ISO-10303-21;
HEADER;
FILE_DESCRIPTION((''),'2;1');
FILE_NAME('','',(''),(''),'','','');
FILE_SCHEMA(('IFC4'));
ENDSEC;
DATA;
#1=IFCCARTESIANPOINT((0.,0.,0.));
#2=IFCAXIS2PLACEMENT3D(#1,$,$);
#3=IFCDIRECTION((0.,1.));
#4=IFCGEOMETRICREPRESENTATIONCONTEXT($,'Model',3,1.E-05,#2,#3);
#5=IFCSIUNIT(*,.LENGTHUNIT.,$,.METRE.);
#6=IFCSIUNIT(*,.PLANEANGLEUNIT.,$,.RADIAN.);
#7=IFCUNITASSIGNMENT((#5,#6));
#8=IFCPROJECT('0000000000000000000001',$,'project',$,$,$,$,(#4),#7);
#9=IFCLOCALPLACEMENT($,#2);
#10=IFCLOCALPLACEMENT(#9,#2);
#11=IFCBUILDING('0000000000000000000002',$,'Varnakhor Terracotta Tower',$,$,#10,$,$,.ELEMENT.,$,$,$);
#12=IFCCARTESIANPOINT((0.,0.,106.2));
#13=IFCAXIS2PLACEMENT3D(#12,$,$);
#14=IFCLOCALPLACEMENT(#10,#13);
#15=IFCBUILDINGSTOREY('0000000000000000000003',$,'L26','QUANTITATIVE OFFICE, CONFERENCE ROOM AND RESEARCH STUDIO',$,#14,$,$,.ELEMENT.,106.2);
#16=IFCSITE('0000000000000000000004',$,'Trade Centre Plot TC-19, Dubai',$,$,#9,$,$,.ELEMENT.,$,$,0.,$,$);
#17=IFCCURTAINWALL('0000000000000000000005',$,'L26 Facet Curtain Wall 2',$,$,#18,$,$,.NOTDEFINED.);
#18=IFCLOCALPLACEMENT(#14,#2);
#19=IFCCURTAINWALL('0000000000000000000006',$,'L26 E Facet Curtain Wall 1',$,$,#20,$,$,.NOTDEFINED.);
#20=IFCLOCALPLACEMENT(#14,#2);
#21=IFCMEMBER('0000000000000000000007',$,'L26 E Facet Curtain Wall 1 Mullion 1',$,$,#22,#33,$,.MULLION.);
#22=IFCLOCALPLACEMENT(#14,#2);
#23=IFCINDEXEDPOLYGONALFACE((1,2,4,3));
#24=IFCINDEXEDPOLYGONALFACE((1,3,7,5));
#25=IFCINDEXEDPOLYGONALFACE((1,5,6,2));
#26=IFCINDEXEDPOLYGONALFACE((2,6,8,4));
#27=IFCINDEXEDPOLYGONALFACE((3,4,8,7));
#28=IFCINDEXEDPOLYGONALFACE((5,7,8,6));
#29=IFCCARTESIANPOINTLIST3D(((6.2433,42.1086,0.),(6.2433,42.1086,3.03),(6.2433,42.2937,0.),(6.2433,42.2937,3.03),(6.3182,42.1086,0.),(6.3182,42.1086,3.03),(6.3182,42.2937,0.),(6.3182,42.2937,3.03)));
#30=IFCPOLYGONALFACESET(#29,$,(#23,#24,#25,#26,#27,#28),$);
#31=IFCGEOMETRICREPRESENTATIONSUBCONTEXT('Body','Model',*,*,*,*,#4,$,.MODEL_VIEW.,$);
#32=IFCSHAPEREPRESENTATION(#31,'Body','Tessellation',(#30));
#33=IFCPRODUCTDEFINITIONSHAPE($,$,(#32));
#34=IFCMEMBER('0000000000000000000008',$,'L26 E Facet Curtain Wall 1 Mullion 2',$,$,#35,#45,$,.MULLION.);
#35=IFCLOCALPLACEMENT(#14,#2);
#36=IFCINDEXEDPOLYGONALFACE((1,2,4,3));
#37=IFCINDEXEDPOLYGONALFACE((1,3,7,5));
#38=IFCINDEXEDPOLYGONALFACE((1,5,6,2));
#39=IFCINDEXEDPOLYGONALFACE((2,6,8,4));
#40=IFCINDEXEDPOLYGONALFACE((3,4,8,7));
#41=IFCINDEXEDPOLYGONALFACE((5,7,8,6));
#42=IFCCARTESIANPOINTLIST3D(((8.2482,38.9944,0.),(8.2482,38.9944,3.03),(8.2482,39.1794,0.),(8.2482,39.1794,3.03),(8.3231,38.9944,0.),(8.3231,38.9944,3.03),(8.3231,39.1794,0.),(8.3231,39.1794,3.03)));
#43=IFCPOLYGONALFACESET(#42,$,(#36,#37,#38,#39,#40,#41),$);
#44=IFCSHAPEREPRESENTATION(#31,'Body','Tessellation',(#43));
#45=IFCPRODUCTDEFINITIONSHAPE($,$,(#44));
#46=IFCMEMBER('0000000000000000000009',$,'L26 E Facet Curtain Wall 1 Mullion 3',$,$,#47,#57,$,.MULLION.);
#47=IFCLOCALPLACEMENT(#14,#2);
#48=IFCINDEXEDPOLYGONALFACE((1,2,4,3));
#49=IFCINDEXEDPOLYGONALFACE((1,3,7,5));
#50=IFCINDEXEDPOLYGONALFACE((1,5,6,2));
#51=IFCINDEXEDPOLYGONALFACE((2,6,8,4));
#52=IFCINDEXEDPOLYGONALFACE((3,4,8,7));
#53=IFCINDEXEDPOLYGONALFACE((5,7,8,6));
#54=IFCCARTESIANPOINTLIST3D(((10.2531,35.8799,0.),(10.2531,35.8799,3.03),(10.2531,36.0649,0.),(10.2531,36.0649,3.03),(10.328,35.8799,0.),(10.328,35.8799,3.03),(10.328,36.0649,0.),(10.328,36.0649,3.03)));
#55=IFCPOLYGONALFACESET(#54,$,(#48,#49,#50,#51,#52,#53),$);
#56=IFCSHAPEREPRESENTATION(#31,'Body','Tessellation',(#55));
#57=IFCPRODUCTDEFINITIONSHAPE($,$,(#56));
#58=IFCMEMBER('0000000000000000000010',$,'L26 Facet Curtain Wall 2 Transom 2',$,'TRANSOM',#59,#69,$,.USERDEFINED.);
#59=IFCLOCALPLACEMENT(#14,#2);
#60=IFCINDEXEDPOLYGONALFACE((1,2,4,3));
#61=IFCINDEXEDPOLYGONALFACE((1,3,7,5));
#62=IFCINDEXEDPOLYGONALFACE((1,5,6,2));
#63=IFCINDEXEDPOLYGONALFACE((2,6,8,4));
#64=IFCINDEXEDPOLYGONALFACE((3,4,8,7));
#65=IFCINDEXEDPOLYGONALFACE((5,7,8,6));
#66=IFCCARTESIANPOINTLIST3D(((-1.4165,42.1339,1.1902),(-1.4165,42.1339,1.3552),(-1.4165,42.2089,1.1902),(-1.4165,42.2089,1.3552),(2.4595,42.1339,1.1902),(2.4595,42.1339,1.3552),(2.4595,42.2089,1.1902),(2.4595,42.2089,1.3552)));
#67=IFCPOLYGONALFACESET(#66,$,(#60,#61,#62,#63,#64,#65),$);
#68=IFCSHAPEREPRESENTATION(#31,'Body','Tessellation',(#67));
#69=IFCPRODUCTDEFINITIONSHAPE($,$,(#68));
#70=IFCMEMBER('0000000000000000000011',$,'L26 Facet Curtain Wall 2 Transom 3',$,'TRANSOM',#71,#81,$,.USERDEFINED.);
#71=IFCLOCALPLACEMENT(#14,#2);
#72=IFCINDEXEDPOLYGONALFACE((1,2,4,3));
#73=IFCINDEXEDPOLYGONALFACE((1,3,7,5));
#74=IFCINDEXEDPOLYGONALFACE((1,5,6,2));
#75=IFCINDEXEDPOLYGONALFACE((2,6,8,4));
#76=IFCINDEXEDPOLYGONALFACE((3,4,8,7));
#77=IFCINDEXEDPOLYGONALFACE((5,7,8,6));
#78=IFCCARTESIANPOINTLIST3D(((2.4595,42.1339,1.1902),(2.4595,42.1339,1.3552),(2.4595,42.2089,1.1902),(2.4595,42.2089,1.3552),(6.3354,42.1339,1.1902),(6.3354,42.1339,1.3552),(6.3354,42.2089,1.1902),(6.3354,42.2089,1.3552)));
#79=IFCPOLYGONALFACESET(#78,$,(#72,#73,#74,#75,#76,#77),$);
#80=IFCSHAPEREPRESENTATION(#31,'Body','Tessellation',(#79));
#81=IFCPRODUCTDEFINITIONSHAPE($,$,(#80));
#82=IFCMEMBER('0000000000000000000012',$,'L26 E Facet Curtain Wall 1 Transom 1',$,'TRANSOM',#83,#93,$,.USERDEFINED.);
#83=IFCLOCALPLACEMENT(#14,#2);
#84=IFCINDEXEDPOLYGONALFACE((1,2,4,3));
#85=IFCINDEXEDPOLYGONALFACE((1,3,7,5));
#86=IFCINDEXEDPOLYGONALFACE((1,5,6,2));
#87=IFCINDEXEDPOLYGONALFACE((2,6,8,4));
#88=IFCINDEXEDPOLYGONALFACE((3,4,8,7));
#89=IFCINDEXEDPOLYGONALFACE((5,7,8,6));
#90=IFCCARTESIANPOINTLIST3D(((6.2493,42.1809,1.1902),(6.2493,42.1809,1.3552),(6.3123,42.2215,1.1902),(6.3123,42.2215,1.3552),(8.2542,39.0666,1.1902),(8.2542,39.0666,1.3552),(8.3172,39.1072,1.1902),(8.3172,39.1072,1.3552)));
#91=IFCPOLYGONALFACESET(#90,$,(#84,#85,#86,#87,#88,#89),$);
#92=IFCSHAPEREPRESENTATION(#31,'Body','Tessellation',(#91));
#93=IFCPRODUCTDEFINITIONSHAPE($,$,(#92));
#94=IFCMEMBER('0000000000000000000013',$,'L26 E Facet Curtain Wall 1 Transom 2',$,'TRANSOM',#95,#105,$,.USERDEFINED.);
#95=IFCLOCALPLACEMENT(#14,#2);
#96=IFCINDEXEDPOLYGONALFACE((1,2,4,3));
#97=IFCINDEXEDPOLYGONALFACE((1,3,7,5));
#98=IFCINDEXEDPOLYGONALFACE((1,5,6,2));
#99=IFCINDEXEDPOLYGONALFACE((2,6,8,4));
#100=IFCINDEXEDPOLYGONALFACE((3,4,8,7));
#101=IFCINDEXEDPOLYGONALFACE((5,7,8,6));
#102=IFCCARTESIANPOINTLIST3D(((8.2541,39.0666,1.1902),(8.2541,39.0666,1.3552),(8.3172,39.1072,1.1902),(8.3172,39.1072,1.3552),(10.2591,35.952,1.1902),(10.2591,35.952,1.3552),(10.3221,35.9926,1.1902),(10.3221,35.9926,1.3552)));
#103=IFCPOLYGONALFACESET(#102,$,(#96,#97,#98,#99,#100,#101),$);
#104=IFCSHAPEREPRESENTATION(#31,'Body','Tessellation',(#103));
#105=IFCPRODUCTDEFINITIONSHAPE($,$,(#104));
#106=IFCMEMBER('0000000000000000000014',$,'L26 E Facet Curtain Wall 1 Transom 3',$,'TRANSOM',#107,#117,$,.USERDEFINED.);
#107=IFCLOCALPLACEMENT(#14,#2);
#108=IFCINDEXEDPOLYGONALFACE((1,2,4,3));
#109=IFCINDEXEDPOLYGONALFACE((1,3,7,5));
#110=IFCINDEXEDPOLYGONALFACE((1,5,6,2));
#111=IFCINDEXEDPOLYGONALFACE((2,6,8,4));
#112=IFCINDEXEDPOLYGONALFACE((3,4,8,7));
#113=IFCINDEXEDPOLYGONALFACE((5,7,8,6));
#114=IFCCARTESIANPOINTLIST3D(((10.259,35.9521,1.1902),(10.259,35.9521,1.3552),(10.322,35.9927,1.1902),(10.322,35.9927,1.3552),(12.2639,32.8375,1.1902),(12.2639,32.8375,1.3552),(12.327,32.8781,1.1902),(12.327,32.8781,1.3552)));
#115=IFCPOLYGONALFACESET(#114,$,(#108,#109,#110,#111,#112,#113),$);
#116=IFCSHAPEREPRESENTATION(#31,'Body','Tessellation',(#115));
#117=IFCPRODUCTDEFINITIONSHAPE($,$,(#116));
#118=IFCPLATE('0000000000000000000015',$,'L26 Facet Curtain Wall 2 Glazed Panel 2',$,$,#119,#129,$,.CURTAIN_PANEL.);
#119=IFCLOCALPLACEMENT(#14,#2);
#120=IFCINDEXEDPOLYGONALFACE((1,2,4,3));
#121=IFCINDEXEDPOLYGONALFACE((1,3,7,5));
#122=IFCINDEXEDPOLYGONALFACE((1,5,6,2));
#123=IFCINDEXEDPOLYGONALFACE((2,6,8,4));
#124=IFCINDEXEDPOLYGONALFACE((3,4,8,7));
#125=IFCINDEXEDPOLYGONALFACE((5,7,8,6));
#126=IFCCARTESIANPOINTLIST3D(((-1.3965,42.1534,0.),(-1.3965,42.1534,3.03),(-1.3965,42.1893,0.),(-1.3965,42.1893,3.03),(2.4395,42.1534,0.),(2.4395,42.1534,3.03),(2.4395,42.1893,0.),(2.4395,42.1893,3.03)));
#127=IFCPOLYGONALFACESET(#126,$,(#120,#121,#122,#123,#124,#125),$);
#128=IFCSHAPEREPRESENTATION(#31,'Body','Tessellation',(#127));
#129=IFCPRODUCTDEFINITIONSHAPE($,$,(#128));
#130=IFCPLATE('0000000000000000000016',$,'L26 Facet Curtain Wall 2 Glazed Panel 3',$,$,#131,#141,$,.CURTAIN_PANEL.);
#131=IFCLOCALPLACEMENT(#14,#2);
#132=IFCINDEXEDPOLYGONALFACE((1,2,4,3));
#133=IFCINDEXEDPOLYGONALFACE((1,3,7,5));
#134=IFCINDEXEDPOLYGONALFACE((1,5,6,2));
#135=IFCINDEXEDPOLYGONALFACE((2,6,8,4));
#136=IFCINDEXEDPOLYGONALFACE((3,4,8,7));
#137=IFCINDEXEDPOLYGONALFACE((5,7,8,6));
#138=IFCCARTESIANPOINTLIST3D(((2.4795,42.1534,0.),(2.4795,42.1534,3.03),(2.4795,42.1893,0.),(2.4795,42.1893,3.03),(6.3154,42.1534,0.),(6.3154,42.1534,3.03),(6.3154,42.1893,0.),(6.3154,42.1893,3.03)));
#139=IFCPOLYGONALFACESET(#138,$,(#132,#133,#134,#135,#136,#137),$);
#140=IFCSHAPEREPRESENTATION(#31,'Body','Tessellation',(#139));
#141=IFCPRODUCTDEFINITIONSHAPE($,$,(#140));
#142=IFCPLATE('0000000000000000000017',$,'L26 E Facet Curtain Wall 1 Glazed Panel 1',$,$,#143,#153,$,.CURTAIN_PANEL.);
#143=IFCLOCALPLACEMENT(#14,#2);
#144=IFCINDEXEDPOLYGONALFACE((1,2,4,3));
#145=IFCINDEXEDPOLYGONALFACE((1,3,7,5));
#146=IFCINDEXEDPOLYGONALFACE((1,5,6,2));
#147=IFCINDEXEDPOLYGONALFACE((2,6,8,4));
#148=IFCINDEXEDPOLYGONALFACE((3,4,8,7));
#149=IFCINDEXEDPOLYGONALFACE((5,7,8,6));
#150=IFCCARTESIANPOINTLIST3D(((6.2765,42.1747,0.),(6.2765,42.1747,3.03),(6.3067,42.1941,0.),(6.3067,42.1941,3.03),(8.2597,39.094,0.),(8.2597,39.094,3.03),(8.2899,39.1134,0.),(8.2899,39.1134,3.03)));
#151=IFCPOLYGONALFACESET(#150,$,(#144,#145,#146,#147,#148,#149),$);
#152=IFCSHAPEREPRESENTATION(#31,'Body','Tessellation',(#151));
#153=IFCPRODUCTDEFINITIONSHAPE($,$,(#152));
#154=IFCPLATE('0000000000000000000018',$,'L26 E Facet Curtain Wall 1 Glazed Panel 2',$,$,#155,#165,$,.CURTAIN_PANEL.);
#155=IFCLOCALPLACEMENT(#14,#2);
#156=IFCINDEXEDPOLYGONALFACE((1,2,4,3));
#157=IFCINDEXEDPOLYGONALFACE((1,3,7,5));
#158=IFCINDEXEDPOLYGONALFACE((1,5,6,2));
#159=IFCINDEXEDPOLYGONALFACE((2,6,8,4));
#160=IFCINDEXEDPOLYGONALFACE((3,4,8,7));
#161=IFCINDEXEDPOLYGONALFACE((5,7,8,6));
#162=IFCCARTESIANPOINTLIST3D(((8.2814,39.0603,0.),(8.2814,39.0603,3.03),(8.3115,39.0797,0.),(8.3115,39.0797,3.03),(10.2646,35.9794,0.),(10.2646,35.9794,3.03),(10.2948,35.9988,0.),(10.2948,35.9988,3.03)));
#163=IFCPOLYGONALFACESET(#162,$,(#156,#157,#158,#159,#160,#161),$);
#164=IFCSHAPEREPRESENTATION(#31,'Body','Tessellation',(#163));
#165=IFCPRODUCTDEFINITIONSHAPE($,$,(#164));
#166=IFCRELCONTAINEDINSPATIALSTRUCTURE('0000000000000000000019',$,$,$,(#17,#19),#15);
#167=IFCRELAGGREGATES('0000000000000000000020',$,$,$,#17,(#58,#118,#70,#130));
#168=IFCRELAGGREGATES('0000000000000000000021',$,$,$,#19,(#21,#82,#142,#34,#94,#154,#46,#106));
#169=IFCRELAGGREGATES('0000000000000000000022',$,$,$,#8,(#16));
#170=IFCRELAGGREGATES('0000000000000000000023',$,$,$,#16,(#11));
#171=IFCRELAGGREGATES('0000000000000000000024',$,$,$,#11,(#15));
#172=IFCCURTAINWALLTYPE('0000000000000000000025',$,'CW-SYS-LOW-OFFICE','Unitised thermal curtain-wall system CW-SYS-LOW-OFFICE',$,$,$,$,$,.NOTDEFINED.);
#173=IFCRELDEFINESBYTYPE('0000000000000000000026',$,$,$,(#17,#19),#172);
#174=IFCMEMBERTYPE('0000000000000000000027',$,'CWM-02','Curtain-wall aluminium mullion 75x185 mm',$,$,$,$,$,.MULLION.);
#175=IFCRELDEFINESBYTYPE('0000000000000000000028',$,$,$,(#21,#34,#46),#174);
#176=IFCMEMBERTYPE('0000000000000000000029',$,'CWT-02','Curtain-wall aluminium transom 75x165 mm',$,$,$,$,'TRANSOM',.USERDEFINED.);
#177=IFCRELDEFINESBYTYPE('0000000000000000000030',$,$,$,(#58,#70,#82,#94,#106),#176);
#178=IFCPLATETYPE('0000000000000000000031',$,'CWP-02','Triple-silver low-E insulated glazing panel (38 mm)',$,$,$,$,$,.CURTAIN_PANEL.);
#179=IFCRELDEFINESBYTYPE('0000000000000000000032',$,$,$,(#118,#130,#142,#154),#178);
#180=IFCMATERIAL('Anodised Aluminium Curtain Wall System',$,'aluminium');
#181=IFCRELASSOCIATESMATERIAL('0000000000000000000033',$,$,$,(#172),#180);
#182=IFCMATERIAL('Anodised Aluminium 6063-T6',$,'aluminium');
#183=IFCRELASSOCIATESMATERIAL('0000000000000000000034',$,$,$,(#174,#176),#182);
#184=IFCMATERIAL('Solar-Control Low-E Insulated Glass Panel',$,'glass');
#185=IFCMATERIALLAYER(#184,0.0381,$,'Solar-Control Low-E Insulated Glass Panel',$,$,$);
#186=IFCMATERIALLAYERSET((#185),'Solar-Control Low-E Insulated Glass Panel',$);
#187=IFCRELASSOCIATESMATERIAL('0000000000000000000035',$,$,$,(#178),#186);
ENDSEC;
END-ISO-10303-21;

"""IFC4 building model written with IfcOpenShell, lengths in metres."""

from ifc_helpers import new_model, si_unit, direction, frame, origin, origin_2d, place, context, subcontext, project, spatial, rectangle, extrude, source, transform, mapped, material, layer, layer_set, material_profile, profile_set, type_object, type_shapes, element, aggregate, save


model = new_model("IFC4")

# Units and contexts
model_context = context("Model", 3, precision=1e-05, world=origin(), true_north=direction((0.0, 1.0)))
body_context = subcontext(model_context, "Body", "Model", "MODEL_VIEW")
ifc_project = project(units=[si_unit("LENGTHUNIT", "METRE"), si_unit("PLANEANGLEUNIT", "RADIAN")], contexts=[model_context])

# Site, building, storey
site_placement = place(None, origin())
site = spatial("IfcSite", under=ifc_project, at=site_placement, Name="Trade Centre Plot TC-19, Dubai", CompositionType="ELEMENT", RefElevation=0.0)
building_placement = place(site_placement, origin())
building = spatial("IfcBuilding", under=site, at=building_placement, Name="Varnakhor Terracotta Tower", CompositionType="ELEMENT")
storey_placement = place(building_placement, frame((0.0, 0.0, 106.2)))
storey = spatial("IfcBuildingStorey", under=building, at=storey_placement, Name="L26", Description="QUANTITATIVE OFFICE, CONFERENCE ROOM AND RESEARCH STUDIO", CompositionType="ELEMENT", Elevation=106.2)

# Curtain wall
ifc_material_1 = material(Name="Anodised Aluminium Curtain Wall System", Category="aluminium")
curtain_wall_type = type_object("IfcCurtainWallType", Name="CW-SYS-LOW-OFFICE", Description="Unitised thermal curtain-wall system CW-SYS-LOW-OFFICE", PredefinedType="NOTDEFINED", material=ifc_material_1)
curtain_wall_1_placement = place(storey_placement, origin())
curtain_wall_1 = element("IfcCurtainWall", 1, at=curtain_wall_1_placement, inside=storey, type_object=curtain_wall_type, Name="L26 Facet Curtain Wall 2", PredefinedType="NOTDEFINED")
ifc_material_2 = material(Name="Anodised Aluminium 6063-T6", Category="aluminium")
ifc_material_profile_1 = material_profile(ifc_material_2, rectangle(XDim=0.075, YDim=0.1851, at=origin_2d()), Name="ALU MULLION 75x185")
ifc_profile_set_1 = profile_set([ifc_material_profile_1], Name="Anodised Aluminium 6063-T6")
member_type_1 = type_object("IfcMemberType", Name="CWM-02", Description="Curtain-wall aluminium mullion 75x185 mm", PredefinedType="MULLION", material=ifc_profile_set_1)
shared_shape_1 = source(origin(), body_context, "Body", "SweptSolid", [
    extrude(rectangle(XDim=0.075, YDim=0.1851, at=origin_2d()), origin(), (0.0, 0.0, 1.0), 3.03),
])
type_shapes(member_type_1, [shared_shape_1])

# Curtain wall, members
curtain_wall_2_placement = place(storey_placement, origin())
curtain_wall_2 = element("IfcCurtainWall", 2, at=curtain_wall_2_placement, inside=storey, type_object=curtain_wall_type, Name="L26 E Facet Curtain Wall 1", PredefinedType="NOTDEFINED")
member_1_placement = place(storey_placement, frame((6.2808, 42.2012, 0.0), z_axis=(0.0, 0.0, 1.0), x_axis=(1.0, 0.0, 0.0)))
member_1 = element("IfcMember", 3, at=member_1_placement, type_object=member_type_1, Name="L26 E Facet Curtain Wall 1 Mullion 1", PredefinedType="MULLION", context=body_context, shape_type="MappedRepresentation", body=[
    mapped(shared_shape_1, transform((0.0, 0.0, 0.0), scale=1.0)),
])
member_2_placement = place(storey_placement, frame((8.2856, 39.0869, 0.0), z_axis=(0.0, 0.0, 1.0), x_axis=(1.0, 0.0, 0.0)))
member_2 = element("IfcMember", 4, at=member_2_placement, type_object=member_type_1, Name="L26 E Facet Curtain Wall 1 Mullion 2", PredefinedType="MULLION", context=body_context, shape_type="MappedRepresentation", body=[
    mapped(shared_shape_1, transform((0.0, 0.0, 0.0), scale=1.0)),
])
member_3_placement = place(storey_placement, frame((10.2905, 35.9724, 0.0), z_axis=(0.0, 0.0, 1.0), x_axis=(1.0, 0.0, 0.0)))
member_3 = element("IfcMember", 5, at=member_3_placement, type_object=member_type_1, Name="L26 E Facet Curtain Wall 1 Mullion 3", PredefinedType="MULLION", context=body_context, shape_type="MappedRepresentation", body=[
    mapped(shared_shape_1, transform((0.0, 0.0, 0.0), scale=1.0)),
])

# Members
ifc_material_profile_2 = material_profile(ifc_material_2, rectangle(XDim=0.075, YDim=0.165, at=origin_2d()), Name="ALU TRANSOM 75x165")
ifc_profile_set_2 = profile_set([ifc_material_profile_2], Name="Anodised Aluminium 6063-T6")
member_type_2 = type_object("IfcMemberType", Name="CWT-02", Description="Curtain-wall aluminium transom 75x165 mm", ElementType="TRANSOM", PredefinedType="USERDEFINED", material=ifc_profile_set_2)
shared_shape_2 = source(origin(), body_context, "Body", "SweptSolid", [
    extrude(rectangle(XDim=0.075, YDim=0.165, at=origin_2d()), origin(), (0.0, 0.0, 1.0), 3.876),
])
member_4_placement = place(storey_placement, frame((-1.4165, 42.1714, 1.2727), z_axis=(1.0, 0.0, 0.0), x_axis=(0.0, 1.0, 0.0)))
member_4 = element("IfcMember", 6, at=member_4_placement, type_object=member_type_2, Name="L26 Facet Curtain Wall 2 Transom 2", ObjectType="TRANSOM", PredefinedType="USERDEFINED", context=body_context, shape_type="MappedRepresentation", body=[
    mapped(shared_shape_2, transform((0.0, 0.0, 0.0), scale=1.0)),
])
member_5_placement = place(storey_placement, frame((2.4595, 42.1714, 1.2727), z_axis=(1.0, 0.0, 0.0), x_axis=(0.0, 1.0, 0.0)))
member_5 = element("IfcMember", 7, at=member_5_placement, type_object=member_type_2, Name="L26 Facet Curtain Wall 2 Transom 3", ObjectType="TRANSOM", PredefinedType="USERDEFINED", context=body_context, shape_type="MappedRepresentation", body=[
    mapped(shared_shape_2, transform((0.0, 0.0, 0.0), scale=1.0)),
])
shared_shape_3 = source(origin(), body_context, "Body", "SweptSolid", [
    extrude(rectangle(XDim=0.075, YDim=0.165, at=origin_2d()), origin(), (0.0, 0.0, 1.0), 3.7039),
])
member_6_placement = place(storey_placement, frame((6.2808, 42.2012, 1.2727), z_axis=(0.541304, -0.840827, 0.0), x_axis=(0.840827, 0.541304, 0.0)))
member_6 = element("IfcMember", 8, at=member_6_placement, type_object=member_type_2, Name="L26 E Facet Curtain Wall 1 Transom 1", ObjectType="TRANSOM", PredefinedType="USERDEFINED", context=body_context, shape_type="MappedRepresentation", body=[
    mapped(shared_shape_3, transform((0.0, 0.0, 0.0), scale=1.0)),
])
shared_shape_4 = source(origin(), body_context, "Body", "SweptSolid", [
    extrude(rectangle(XDim=0.075, YDim=0.165, at=origin_2d()), origin(), (0.0, 0.0, 1.0), 3.7041),
])
member_7_placement = place(storey_placement, frame((8.2856, 39.0869, 1.2727), z_axis=(0.541274, -0.840846, 0.0), x_axis=(0.840846, 0.541274, 0.0)))
member_7 = element("IfcMember", 9, at=member_7_placement, type_object=member_type_2, Name="L26 E Facet Curtain Wall 1 Transom 2", ObjectType="TRANSOM", PredefinedType="USERDEFINED", context=body_context, shape_type="MappedRepresentation", body=[
    mapped(shared_shape_4, transform((0.0, 0.0, 0.0), scale=1.0)),
])
member_8_placement = place(storey_placement, frame((10.2905, 35.9724, 1.2727), z_axis=(0.541274, -0.840846, 0.0), x_axis=(0.840846, 0.541274, 0.0)))
member_8 = element("IfcMember", 10, at=member_8_placement, type_object=member_type_2, Name="L26 E Facet Curtain Wall 1 Transom 3", ObjectType="TRANSOM", PredefinedType="USERDEFINED", context=body_context, shape_type="MappedRepresentation", body=[
    mapped(shared_shape_4, transform((0.0, 0.0, 0.0), scale=1.0)),
])

# Plates
ifc_material_3 = material(Name="Solar-Control Low-E Insulated Glass Panel", Category="glass")
ifc_layer = layer(ifc_material_3, 0.0381, Name="Solar-Control Low-E Insulated Glass Panel")
ifc_layer_set = layer_set([ifc_layer], Name="Solar-Control Low-E Insulated Glass Panel")
plate_type = type_object("IfcPlateType", Name="CWP-02", Description="Triple-silver low-E insulated glazing panel (38 mm)", PredefinedType="CURTAIN_PANEL", material=ifc_layer_set)
shared_shape_5 = source(origin(), body_context, "Body", "SweptSolid", [
    extrude(rectangle(XDim=3.8359, YDim=0.0359, at=origin_2d()), origin(), (0.0, 0.0, 1.0), 3.03),
])
plate_1_placement = place(storey_placement, frame((0.5215, 42.1714, 0.0), z_axis=(0.0, 0.0, 1.0), x_axis=(1.0, 0.0, 0.0)))
plate_1 = element("IfcPlate", 11, at=plate_1_placement, type_object=plate_type, Name="L26 Facet Curtain Wall 2 Glazed Panel 2", PredefinedType="CURTAIN_PANEL", context=body_context, shape_type="MappedRepresentation", body=[
    mapped(shared_shape_5, transform((0.0, 0.0, 0.0), scale=1.0)),
])
plate_2_placement = place(storey_placement, frame((4.3975, 42.1714, 0.0), z_axis=(0.0, 0.0, 1.0), x_axis=(1.0, 0.0, 0.0)))
plate_2 = element("IfcPlate", 12, at=plate_2_placement, type_object=plate_type, Name="L26 Facet Curtain Wall 2 Glazed Panel 3", PredefinedType="CURTAIN_PANEL", context=body_context, shape_type="MappedRepresentation", body=[
    mapped(shared_shape_5, transform((0.0, 0.0, 0.0), scale=1.0)),
])
aggregate(curtain_wall_1, [member_4, plate_1, member_5, plate_2])
shared_shape_6 = source(origin(), body_context, "Body", "SweptSolid", [
    extrude(rectangle(XDim=3.6638, YDim=0.0359, at=origin_2d()), origin(), (0.0, 0.0, 1.0), 3.03),
])
plate_3_placement = place(storey_placement, frame((7.2832, 40.644, 0.0), z_axis=(0.0, 0.0, 1.0), x_axis=(0.541283, -0.840841, 0.0)))
plate_3 = element("IfcPlate", 13, at=plate_3_placement, type_object=plate_type, Name="L26 E Facet Curtain Wall 1 Glazed Panel 1", PredefinedType="CURTAIN_PANEL", context=body_context, shape_type="MappedRepresentation", body=[
    mapped(shared_shape_6, transform((0.0, 0.0, 0.0), scale=1.0)),
])
shared_shape_7 = source(origin(), body_context, "Body", "SweptSolid", [
    extrude(rectangle(XDim=3.6641, YDim=0.0359, at=origin_2d()), origin(), (0.0, 0.0, 1.0), 3.03),
])
plate_4_placement = place(storey_placement, frame((9.2881, 37.5295, 0.0), z_axis=(0.0, 0.0, 1.0), x_axis=(0.541283, -0.840841, 0.0)))
plate_4 = element("IfcPlate", 14, at=plate_4_placement, type_object=plate_type, Name="L26 E Facet Curtain Wall 1 Glazed Panel 2", PredefinedType="CURTAIN_PANEL", context=body_context, shape_type="MappedRepresentation", body=[
    mapped(shared_shape_7, transform((0.0, 0.0, 0.0), scale=1.0)),
])
aggregate(curtain_wall_2, [member_1, member_6, plate_3, member_2, member_7, plate_4, member_3, member_8])

save(model, "model.ifc")
